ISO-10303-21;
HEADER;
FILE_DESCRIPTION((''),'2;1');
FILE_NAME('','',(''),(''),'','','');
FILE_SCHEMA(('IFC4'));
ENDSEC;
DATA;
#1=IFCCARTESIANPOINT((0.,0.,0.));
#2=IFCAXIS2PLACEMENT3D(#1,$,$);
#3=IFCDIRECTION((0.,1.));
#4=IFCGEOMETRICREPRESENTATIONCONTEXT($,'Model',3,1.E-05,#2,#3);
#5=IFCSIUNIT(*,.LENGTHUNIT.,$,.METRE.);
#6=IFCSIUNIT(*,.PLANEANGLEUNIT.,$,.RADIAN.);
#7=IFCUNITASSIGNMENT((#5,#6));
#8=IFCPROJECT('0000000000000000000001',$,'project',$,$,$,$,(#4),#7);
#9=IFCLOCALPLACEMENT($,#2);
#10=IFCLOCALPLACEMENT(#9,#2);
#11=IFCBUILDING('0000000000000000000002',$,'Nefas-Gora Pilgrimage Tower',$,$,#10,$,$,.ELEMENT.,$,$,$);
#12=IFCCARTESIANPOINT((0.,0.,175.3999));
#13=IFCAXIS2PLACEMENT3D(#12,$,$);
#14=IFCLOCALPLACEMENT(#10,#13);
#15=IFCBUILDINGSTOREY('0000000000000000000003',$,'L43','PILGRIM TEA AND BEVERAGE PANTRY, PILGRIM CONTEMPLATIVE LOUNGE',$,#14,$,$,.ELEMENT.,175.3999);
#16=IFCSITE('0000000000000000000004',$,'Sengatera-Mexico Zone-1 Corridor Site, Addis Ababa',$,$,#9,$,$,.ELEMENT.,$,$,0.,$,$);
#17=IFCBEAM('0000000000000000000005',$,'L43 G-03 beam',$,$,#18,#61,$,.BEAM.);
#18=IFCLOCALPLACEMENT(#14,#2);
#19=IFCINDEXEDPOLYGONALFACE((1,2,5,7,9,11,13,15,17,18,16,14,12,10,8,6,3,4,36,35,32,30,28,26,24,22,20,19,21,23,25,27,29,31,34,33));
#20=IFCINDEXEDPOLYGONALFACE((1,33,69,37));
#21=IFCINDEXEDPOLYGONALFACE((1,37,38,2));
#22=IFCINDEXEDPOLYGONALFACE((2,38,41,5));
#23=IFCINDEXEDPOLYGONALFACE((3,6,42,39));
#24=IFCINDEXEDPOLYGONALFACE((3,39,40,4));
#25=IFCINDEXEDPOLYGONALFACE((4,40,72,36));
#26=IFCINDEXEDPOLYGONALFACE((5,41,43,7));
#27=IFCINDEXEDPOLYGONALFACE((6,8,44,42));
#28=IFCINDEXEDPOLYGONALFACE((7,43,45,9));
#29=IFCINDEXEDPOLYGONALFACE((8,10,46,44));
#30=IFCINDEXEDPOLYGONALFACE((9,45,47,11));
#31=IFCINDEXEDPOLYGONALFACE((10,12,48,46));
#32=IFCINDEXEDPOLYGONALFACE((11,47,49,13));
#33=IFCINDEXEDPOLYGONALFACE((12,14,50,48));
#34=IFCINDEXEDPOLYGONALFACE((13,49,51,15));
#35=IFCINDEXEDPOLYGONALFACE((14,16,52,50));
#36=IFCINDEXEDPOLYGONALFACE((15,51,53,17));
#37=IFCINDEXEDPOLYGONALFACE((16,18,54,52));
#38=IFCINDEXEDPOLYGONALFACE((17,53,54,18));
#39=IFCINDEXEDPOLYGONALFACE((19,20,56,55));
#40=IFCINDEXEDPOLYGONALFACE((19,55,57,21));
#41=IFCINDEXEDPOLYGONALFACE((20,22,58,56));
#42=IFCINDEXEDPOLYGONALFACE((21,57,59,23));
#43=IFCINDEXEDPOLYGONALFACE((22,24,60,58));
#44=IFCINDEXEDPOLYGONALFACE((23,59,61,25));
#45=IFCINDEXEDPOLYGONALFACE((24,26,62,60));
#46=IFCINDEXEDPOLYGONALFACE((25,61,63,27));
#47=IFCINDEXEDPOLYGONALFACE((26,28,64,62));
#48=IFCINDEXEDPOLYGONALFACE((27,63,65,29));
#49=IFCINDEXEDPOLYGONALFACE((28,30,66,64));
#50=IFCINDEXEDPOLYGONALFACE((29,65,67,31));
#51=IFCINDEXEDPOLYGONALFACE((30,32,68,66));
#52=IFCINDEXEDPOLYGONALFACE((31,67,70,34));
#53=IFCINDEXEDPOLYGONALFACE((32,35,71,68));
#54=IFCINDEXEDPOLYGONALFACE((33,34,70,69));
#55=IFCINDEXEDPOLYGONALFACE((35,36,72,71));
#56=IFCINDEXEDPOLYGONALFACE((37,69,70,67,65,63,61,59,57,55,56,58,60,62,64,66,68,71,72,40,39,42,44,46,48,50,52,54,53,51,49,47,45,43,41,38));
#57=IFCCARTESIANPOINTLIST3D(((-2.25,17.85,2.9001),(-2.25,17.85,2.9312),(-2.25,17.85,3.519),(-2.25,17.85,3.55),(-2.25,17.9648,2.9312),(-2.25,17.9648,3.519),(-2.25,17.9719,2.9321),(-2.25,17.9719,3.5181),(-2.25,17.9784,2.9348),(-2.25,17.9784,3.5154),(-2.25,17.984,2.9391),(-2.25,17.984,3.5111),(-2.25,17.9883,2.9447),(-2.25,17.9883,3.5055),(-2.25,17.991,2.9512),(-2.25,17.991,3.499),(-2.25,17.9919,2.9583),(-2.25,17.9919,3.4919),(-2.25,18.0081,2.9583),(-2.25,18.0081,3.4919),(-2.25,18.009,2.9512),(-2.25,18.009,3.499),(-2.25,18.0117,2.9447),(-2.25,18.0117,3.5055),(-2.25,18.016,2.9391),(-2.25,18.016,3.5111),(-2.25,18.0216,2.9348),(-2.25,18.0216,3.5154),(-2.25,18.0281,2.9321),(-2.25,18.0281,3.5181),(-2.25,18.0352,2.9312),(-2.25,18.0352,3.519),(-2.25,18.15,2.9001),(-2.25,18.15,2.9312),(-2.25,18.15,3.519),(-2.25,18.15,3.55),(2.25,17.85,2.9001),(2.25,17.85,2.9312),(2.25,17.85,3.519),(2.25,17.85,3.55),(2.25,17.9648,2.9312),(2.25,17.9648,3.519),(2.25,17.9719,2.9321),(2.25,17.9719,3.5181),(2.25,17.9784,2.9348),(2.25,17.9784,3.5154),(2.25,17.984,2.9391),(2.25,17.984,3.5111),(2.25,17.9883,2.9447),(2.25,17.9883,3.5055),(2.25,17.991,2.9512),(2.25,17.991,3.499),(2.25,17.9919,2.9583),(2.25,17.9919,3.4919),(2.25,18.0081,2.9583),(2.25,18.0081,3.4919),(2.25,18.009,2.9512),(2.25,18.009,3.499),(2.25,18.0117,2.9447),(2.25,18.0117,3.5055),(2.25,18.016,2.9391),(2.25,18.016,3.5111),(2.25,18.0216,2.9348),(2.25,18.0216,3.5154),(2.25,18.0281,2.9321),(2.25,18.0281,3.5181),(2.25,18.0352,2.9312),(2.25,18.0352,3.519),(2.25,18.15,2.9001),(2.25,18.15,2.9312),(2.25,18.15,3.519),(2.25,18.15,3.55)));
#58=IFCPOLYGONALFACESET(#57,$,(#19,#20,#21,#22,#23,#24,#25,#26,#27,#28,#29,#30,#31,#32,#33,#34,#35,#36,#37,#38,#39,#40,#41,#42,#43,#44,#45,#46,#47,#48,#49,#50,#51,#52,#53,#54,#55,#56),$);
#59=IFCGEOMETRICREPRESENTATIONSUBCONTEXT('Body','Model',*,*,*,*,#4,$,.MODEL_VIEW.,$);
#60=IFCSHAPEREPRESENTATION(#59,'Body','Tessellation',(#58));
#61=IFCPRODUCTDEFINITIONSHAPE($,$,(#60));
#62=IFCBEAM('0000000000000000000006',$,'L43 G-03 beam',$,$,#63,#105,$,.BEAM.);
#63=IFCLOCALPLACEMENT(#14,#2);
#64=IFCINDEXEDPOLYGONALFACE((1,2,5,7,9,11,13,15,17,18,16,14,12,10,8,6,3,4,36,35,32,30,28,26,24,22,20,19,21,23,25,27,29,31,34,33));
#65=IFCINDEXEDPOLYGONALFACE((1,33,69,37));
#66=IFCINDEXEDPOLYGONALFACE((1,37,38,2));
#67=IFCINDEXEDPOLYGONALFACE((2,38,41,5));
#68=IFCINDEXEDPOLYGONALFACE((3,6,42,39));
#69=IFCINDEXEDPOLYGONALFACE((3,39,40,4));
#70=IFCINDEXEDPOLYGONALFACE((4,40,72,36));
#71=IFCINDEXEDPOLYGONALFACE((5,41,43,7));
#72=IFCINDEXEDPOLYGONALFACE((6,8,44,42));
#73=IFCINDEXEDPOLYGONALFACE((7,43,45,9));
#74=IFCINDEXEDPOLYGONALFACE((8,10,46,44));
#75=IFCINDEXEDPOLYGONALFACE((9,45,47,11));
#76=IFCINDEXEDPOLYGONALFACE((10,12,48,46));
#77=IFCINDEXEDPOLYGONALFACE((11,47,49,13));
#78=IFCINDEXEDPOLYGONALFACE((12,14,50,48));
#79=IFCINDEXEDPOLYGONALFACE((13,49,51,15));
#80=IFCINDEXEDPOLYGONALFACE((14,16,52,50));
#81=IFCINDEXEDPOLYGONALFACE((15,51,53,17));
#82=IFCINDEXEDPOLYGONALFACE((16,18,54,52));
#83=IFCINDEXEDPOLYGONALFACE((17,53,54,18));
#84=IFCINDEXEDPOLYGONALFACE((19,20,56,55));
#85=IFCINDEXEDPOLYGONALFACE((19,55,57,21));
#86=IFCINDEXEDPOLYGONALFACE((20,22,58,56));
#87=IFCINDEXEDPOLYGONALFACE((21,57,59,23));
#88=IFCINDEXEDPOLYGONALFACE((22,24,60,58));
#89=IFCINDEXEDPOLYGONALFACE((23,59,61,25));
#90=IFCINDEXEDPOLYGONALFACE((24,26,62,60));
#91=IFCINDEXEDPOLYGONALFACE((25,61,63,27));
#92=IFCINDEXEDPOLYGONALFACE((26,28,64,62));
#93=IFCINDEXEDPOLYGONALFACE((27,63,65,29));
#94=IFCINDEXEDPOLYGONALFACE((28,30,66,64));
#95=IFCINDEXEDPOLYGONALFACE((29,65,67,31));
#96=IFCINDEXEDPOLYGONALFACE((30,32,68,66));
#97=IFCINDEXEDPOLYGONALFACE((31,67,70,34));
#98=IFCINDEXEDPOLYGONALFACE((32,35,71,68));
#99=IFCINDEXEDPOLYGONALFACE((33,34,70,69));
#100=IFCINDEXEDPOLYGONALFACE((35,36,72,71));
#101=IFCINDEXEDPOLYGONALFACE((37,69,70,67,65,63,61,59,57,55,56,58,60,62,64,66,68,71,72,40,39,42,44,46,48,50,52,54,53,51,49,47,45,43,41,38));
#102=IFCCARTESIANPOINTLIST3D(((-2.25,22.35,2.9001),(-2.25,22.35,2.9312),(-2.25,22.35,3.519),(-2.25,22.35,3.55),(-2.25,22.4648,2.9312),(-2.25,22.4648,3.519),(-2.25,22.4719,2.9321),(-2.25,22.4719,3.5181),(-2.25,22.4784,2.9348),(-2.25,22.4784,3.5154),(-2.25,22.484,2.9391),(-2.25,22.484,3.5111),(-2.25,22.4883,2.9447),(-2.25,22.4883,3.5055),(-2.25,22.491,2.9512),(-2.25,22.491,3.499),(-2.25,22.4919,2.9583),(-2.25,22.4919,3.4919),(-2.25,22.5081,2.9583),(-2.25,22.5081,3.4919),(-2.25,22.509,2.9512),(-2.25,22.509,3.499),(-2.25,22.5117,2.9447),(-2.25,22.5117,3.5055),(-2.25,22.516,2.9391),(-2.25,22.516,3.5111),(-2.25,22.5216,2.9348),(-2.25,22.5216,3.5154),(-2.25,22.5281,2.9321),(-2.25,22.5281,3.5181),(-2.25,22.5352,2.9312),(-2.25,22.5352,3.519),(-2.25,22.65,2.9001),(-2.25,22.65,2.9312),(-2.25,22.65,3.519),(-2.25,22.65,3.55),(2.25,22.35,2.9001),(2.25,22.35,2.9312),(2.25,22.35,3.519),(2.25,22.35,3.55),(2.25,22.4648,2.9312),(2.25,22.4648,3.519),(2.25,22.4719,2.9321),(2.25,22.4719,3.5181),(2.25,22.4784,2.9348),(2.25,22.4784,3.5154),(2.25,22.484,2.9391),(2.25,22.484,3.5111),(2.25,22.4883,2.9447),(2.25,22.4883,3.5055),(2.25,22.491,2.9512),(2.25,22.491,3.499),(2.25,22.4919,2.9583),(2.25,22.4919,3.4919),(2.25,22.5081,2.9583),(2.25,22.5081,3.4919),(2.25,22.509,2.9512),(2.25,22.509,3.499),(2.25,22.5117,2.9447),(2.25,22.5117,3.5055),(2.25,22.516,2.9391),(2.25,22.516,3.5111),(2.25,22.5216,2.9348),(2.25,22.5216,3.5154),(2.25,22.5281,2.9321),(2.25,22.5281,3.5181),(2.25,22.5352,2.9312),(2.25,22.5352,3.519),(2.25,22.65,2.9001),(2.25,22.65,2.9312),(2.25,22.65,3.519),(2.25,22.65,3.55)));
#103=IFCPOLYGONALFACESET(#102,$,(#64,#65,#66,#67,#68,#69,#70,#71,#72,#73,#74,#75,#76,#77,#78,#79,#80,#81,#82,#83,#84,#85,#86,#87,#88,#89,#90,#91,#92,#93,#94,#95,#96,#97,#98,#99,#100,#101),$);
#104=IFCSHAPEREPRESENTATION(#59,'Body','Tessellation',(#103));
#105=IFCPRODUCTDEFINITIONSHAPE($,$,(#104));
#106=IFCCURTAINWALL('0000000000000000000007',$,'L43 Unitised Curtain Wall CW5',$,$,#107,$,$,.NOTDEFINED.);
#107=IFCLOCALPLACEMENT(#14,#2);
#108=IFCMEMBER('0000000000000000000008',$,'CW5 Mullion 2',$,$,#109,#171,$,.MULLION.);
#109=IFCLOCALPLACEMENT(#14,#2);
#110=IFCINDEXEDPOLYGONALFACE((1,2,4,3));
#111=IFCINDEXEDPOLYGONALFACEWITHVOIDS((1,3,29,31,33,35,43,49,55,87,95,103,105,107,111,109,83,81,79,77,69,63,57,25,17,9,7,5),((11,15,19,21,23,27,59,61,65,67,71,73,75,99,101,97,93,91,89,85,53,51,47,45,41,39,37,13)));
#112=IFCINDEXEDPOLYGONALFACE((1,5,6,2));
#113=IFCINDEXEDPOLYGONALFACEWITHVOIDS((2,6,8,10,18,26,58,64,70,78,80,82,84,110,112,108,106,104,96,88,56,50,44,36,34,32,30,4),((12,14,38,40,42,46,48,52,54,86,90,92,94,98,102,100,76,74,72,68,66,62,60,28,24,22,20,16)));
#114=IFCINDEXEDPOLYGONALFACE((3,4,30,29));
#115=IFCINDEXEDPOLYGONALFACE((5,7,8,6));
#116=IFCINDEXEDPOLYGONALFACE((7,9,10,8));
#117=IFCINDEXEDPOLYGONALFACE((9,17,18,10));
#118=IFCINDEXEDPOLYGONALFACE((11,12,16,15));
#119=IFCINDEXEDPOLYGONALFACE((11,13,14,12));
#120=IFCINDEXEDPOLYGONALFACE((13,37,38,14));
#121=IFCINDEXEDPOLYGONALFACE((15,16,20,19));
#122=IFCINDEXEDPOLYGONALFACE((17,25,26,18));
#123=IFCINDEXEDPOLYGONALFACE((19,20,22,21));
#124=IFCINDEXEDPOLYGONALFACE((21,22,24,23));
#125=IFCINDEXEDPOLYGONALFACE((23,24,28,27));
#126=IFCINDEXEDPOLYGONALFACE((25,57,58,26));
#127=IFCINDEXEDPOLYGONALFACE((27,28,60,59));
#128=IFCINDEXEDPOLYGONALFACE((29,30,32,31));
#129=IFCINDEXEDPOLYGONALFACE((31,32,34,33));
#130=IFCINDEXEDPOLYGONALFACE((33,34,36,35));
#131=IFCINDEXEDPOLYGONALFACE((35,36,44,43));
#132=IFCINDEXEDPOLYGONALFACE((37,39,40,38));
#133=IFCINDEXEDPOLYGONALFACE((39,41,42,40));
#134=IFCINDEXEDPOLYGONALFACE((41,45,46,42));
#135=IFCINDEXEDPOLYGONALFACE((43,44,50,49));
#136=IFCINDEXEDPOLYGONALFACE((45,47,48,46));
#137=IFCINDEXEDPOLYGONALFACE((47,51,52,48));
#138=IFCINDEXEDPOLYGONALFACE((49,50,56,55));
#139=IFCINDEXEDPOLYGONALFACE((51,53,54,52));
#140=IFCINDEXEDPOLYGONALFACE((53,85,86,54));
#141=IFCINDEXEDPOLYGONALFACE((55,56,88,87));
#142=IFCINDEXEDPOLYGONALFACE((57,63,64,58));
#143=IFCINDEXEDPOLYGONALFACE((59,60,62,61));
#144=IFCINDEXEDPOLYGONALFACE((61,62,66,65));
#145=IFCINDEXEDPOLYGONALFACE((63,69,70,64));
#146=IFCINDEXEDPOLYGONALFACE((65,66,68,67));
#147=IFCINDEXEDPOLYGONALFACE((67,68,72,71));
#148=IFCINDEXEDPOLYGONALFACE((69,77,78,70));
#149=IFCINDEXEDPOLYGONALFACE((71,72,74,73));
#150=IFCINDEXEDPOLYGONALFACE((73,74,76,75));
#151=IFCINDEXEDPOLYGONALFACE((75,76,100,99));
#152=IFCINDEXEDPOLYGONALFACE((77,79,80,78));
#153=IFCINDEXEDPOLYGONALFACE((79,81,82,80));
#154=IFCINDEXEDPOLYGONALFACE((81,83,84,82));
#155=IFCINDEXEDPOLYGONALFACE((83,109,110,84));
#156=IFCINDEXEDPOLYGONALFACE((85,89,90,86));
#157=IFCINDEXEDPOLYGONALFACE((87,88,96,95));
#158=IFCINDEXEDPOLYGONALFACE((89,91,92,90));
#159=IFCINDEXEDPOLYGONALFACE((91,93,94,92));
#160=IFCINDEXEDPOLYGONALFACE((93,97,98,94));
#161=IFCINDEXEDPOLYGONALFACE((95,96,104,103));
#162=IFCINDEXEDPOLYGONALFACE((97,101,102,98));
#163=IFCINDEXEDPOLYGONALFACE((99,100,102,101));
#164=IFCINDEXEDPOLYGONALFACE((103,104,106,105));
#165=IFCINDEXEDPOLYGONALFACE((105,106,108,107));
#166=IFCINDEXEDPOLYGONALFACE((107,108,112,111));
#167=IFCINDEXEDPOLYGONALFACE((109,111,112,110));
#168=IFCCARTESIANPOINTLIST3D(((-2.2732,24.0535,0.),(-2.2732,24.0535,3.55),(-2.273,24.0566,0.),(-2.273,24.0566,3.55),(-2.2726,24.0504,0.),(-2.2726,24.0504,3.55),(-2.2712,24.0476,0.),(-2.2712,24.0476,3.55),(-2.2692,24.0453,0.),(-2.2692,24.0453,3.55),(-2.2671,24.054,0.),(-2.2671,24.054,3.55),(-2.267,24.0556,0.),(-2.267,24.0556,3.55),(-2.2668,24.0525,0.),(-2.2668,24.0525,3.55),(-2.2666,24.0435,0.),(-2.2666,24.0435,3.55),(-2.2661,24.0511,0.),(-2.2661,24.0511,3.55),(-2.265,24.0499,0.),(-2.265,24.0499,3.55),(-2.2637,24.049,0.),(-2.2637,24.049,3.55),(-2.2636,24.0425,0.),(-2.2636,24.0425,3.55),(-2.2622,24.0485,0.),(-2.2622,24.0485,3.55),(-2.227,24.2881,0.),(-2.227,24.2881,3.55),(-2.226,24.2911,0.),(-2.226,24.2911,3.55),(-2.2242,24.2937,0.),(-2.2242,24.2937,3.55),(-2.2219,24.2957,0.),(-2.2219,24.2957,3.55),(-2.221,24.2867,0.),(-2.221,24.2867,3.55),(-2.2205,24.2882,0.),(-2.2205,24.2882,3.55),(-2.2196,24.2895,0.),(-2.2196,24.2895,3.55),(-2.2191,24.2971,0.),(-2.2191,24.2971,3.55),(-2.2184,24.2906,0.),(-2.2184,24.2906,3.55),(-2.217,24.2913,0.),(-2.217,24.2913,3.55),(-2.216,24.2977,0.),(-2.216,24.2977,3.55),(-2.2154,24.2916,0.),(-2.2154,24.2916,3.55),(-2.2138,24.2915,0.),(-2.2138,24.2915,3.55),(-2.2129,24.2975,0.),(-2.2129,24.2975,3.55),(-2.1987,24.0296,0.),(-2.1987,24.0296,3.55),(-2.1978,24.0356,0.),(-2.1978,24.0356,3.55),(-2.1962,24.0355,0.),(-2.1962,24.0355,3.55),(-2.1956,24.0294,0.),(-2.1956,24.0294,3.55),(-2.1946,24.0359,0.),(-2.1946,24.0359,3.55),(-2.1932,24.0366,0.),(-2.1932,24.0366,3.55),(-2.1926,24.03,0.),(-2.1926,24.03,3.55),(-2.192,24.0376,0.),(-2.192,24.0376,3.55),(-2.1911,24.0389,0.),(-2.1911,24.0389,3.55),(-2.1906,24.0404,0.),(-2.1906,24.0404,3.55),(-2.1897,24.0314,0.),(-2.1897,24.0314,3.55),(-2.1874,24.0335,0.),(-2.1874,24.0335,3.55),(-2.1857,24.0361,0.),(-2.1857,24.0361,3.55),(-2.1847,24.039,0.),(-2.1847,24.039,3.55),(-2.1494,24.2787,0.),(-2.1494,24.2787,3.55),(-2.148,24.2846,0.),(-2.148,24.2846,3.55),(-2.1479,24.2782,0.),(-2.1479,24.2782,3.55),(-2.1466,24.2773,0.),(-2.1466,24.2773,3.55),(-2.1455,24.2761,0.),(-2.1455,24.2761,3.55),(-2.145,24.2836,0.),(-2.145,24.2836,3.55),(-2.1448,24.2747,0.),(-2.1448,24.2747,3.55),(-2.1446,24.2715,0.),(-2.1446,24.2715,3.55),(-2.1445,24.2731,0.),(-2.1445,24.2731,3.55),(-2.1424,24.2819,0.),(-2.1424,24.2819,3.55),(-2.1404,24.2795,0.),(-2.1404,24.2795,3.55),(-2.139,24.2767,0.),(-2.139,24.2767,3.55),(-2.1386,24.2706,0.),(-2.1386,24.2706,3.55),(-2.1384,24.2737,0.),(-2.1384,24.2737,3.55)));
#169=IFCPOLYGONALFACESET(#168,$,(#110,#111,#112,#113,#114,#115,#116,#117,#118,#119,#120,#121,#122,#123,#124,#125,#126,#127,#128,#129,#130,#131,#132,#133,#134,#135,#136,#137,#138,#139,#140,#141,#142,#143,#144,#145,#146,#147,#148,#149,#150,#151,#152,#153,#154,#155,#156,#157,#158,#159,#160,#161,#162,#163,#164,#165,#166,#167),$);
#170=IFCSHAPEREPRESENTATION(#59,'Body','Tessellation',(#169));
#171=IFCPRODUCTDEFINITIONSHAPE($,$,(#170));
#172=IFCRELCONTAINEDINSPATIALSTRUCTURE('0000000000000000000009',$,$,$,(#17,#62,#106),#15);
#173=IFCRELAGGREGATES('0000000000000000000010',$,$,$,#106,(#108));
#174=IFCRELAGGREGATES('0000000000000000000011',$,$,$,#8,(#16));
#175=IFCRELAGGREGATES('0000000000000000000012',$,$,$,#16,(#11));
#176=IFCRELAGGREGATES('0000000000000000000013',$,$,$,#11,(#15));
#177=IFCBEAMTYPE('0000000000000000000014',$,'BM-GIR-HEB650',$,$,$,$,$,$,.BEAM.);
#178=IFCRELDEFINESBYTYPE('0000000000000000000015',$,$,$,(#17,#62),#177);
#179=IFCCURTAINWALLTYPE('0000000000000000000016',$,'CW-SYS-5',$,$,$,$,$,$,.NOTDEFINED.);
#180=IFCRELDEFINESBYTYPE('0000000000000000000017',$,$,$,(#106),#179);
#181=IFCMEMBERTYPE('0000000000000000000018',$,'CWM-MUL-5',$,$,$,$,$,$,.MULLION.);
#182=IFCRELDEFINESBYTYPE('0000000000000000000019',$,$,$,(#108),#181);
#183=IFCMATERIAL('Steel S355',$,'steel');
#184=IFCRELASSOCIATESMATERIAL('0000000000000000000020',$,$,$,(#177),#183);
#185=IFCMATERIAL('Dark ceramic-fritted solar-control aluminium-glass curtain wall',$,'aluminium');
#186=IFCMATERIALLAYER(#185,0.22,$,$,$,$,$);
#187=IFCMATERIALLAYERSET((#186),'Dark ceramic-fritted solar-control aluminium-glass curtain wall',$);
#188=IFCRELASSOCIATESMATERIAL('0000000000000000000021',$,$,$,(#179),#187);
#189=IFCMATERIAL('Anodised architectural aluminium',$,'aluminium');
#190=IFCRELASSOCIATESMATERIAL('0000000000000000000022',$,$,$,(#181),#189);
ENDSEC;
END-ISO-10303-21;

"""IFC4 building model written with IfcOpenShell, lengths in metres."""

from ifc_helpers import new_model, si_unit, direction, frame, origin, origin_2d, place, context, subcontext, project, spatial, hollow_rectangle, i_section, extrude, source, transform, mapped, material, layer, layer_set, material_profile, profile_set, type_object, element, aggregate, save


model = new_model("IFC4")

# Units and contexts
model_context = context("Model", 3, precision=1e-05, world=origin(), true_north=direction((0.0, 1.0)))
body_context = subcontext(model_context, "Body", "Model", "MODEL_VIEW")
ifc_project = project(units=[si_unit("LENGTHUNIT", "METRE"), si_unit("PLANEANGLEUNIT", "RADIAN")], contexts=[model_context])

# Site, building, storey
site_placement = place(None, origin())
site = spatial("IfcSite", under=ifc_project, at=site_placement, Name="Sengatera-Mexico Zone-1 Corridor Site, Addis Ababa", CompositionType="ELEMENT", RefElevation=0.0)
building_placement = place(site_placement, origin())
building = spatial("IfcBuilding", under=site, at=building_placement, Name="Nefas-Gora Pilgrimage Tower", CompositionType="ELEMENT")
storey_placement = place(building_placement, frame((0.0, 0.0, 175.3999)))
storey = spatial("IfcBuildingStorey", under=building, at=storey_placement, Name="L43", Description="PILGRIM TEA AND BEVERAGE PANTRY, PILGRIM CONTEMPLATIVE LOUNGE", CompositionType="ELEMENT", Elevation=175.3999)

# Beams
ifc_material_1 = material(Name="Steel S355", Category="steel")
ifc_material_profile_1 = material_profile(ifc_material_1, i_section(OverallWidth=0.3, OverallDepth=0.6499, WebThickness=0.0161, FlangeThickness=0.031, FilletRadius=0.0271, at=origin_2d()), Name="HEB 650")
ifc_profile_set_1 = profile_set([ifc_material_profile_1], Name="Steel S355")
beam_type = type_object("IfcBeamType", Name="BM-GIR-HEB650", PredefinedType="BEAM", material=ifc_profile_set_1)
shared_shape_1 = source(origin(), body_context, "Body", "SweptSolid", [
    extrude(i_section(OverallWidth=0.3, OverallDepth=0.6499, WebThickness=0.0161, FlangeThickness=0.031, FilletRadius=0.0271, at=origin_2d()), origin(), (0.0, 0.0, 1.0), 4.5),
])
for number, where, z_axis, x_axis, name in (
    (1, (-2.25, 18.0, 3.2251), (1.0, 0.0, 0.0), (0.0, 1.0, 0.0), "L43 G-03 beam"),
    (2, (-2.25, 22.5, 3.2251), (1.0, 0.0, 0.0), (0.0, 1.0, 0.0), "L43 G-03 beam"),
):
    element("IfcBeam", number, at=place(storey_placement, frame(where, z_axis=z_axis, x_axis=x_axis)), inside=storey, type_object=beam_type, Name=name, PredefinedType="BEAM", context=body_context, shape_type="MappedRepresentation", body=[
        mapped(shared_shape_1, transform((0.0, 0.0, 0.0), x_axis=(1.0, 0.0, 0.0), y_axis=(0.0, 1.0, 0.0), z_axis=(0.0, 0.0, 1.0), scale=1.0)),
    ])

# Curtain wall, member
ifc_material_2 = material(Name="Dark ceramic-fritted solar-control aluminium-glass curtain wall", Category="aluminium")
ifc_layer_1 = layer(ifc_material_2, 0.22)
ifc_layer_set_1 = layer_set([ifc_layer_1], Name="Dark ceramic-fritted solar-control aluminium-glass curtain wall")
curtain_wall_type = type_object("IfcCurtainWallType", Name="CW-SYS-5", PredefinedType="NOTDEFINED", material=ifc_layer_set_1)
curtain_wall_1_placement = place(storey_placement, origin())
curtain_wall_1 = element("IfcCurtainWall", 3, at=curtain_wall_1_placement, inside=storey, type_object=curtain_wall_type, Name="L43 Unitised Curtain Wall CW5", PredefinedType="NOTDEFINED")
ifc_material_3 = material(Name="Anodised architectural aluminium", Category="aluminium")
ifc_material_profile_2 = material_profile(ifc_material_3, hollow_rectangle(XDim=0.0901, YDim=0.26, WallThickness=0.0061, InnerFilletRadius=0.0061, OuterFilletRadius=0.012, at=origin_2d()), Name="ALU MULLION 90x260")
ifc_profile_set_2 = profile_set([ifc_material_profile_2], Name="Anodised architectural aluminium")
member_type_1 = type_object("IfcMemberType", Name="CWM-MUL-5", PredefinedType="MULLION", material=ifc_profile_set_2)
shared_shape_2 = source(origin(), body_context, "Body", "SweptSolid", [
    extrude(hollow_rectangle(XDim=0.0901, YDim=0.26, WallThickness=0.0061, InnerFilletRadius=0.0061, OuterFilletRadius=0.012, at=origin_2d()), origin(), (0.0, 0.0, 1.0), 3.55),
])
member_1_placement = place(storey_placement, frame((-2.2058, 24.1636, 0.0), z_axis=(0.0, 0.0, 1.0), x_axis=(-0.980783, 0.195102, 0.0)))
member_1 = element("IfcMember", 4, at=member_1_placement, type_object=member_type_1, Name="CW5 Mullion 2", PredefinedType="MULLION", context=body_context, shape_type="MappedRepresentation", body=[
    mapped(shared_shape_2, transform((0.0, 0.0, 0.0), x_axis=(1.0, 0.0, 0.0), y_axis=(0.0, 1.0, 0.0), z_axis=(0.0, 0.0, 1.0), scale=1.0)),
])
aggregate(curtain_wall_1, [member_1])

save(model, "model.ifc")
